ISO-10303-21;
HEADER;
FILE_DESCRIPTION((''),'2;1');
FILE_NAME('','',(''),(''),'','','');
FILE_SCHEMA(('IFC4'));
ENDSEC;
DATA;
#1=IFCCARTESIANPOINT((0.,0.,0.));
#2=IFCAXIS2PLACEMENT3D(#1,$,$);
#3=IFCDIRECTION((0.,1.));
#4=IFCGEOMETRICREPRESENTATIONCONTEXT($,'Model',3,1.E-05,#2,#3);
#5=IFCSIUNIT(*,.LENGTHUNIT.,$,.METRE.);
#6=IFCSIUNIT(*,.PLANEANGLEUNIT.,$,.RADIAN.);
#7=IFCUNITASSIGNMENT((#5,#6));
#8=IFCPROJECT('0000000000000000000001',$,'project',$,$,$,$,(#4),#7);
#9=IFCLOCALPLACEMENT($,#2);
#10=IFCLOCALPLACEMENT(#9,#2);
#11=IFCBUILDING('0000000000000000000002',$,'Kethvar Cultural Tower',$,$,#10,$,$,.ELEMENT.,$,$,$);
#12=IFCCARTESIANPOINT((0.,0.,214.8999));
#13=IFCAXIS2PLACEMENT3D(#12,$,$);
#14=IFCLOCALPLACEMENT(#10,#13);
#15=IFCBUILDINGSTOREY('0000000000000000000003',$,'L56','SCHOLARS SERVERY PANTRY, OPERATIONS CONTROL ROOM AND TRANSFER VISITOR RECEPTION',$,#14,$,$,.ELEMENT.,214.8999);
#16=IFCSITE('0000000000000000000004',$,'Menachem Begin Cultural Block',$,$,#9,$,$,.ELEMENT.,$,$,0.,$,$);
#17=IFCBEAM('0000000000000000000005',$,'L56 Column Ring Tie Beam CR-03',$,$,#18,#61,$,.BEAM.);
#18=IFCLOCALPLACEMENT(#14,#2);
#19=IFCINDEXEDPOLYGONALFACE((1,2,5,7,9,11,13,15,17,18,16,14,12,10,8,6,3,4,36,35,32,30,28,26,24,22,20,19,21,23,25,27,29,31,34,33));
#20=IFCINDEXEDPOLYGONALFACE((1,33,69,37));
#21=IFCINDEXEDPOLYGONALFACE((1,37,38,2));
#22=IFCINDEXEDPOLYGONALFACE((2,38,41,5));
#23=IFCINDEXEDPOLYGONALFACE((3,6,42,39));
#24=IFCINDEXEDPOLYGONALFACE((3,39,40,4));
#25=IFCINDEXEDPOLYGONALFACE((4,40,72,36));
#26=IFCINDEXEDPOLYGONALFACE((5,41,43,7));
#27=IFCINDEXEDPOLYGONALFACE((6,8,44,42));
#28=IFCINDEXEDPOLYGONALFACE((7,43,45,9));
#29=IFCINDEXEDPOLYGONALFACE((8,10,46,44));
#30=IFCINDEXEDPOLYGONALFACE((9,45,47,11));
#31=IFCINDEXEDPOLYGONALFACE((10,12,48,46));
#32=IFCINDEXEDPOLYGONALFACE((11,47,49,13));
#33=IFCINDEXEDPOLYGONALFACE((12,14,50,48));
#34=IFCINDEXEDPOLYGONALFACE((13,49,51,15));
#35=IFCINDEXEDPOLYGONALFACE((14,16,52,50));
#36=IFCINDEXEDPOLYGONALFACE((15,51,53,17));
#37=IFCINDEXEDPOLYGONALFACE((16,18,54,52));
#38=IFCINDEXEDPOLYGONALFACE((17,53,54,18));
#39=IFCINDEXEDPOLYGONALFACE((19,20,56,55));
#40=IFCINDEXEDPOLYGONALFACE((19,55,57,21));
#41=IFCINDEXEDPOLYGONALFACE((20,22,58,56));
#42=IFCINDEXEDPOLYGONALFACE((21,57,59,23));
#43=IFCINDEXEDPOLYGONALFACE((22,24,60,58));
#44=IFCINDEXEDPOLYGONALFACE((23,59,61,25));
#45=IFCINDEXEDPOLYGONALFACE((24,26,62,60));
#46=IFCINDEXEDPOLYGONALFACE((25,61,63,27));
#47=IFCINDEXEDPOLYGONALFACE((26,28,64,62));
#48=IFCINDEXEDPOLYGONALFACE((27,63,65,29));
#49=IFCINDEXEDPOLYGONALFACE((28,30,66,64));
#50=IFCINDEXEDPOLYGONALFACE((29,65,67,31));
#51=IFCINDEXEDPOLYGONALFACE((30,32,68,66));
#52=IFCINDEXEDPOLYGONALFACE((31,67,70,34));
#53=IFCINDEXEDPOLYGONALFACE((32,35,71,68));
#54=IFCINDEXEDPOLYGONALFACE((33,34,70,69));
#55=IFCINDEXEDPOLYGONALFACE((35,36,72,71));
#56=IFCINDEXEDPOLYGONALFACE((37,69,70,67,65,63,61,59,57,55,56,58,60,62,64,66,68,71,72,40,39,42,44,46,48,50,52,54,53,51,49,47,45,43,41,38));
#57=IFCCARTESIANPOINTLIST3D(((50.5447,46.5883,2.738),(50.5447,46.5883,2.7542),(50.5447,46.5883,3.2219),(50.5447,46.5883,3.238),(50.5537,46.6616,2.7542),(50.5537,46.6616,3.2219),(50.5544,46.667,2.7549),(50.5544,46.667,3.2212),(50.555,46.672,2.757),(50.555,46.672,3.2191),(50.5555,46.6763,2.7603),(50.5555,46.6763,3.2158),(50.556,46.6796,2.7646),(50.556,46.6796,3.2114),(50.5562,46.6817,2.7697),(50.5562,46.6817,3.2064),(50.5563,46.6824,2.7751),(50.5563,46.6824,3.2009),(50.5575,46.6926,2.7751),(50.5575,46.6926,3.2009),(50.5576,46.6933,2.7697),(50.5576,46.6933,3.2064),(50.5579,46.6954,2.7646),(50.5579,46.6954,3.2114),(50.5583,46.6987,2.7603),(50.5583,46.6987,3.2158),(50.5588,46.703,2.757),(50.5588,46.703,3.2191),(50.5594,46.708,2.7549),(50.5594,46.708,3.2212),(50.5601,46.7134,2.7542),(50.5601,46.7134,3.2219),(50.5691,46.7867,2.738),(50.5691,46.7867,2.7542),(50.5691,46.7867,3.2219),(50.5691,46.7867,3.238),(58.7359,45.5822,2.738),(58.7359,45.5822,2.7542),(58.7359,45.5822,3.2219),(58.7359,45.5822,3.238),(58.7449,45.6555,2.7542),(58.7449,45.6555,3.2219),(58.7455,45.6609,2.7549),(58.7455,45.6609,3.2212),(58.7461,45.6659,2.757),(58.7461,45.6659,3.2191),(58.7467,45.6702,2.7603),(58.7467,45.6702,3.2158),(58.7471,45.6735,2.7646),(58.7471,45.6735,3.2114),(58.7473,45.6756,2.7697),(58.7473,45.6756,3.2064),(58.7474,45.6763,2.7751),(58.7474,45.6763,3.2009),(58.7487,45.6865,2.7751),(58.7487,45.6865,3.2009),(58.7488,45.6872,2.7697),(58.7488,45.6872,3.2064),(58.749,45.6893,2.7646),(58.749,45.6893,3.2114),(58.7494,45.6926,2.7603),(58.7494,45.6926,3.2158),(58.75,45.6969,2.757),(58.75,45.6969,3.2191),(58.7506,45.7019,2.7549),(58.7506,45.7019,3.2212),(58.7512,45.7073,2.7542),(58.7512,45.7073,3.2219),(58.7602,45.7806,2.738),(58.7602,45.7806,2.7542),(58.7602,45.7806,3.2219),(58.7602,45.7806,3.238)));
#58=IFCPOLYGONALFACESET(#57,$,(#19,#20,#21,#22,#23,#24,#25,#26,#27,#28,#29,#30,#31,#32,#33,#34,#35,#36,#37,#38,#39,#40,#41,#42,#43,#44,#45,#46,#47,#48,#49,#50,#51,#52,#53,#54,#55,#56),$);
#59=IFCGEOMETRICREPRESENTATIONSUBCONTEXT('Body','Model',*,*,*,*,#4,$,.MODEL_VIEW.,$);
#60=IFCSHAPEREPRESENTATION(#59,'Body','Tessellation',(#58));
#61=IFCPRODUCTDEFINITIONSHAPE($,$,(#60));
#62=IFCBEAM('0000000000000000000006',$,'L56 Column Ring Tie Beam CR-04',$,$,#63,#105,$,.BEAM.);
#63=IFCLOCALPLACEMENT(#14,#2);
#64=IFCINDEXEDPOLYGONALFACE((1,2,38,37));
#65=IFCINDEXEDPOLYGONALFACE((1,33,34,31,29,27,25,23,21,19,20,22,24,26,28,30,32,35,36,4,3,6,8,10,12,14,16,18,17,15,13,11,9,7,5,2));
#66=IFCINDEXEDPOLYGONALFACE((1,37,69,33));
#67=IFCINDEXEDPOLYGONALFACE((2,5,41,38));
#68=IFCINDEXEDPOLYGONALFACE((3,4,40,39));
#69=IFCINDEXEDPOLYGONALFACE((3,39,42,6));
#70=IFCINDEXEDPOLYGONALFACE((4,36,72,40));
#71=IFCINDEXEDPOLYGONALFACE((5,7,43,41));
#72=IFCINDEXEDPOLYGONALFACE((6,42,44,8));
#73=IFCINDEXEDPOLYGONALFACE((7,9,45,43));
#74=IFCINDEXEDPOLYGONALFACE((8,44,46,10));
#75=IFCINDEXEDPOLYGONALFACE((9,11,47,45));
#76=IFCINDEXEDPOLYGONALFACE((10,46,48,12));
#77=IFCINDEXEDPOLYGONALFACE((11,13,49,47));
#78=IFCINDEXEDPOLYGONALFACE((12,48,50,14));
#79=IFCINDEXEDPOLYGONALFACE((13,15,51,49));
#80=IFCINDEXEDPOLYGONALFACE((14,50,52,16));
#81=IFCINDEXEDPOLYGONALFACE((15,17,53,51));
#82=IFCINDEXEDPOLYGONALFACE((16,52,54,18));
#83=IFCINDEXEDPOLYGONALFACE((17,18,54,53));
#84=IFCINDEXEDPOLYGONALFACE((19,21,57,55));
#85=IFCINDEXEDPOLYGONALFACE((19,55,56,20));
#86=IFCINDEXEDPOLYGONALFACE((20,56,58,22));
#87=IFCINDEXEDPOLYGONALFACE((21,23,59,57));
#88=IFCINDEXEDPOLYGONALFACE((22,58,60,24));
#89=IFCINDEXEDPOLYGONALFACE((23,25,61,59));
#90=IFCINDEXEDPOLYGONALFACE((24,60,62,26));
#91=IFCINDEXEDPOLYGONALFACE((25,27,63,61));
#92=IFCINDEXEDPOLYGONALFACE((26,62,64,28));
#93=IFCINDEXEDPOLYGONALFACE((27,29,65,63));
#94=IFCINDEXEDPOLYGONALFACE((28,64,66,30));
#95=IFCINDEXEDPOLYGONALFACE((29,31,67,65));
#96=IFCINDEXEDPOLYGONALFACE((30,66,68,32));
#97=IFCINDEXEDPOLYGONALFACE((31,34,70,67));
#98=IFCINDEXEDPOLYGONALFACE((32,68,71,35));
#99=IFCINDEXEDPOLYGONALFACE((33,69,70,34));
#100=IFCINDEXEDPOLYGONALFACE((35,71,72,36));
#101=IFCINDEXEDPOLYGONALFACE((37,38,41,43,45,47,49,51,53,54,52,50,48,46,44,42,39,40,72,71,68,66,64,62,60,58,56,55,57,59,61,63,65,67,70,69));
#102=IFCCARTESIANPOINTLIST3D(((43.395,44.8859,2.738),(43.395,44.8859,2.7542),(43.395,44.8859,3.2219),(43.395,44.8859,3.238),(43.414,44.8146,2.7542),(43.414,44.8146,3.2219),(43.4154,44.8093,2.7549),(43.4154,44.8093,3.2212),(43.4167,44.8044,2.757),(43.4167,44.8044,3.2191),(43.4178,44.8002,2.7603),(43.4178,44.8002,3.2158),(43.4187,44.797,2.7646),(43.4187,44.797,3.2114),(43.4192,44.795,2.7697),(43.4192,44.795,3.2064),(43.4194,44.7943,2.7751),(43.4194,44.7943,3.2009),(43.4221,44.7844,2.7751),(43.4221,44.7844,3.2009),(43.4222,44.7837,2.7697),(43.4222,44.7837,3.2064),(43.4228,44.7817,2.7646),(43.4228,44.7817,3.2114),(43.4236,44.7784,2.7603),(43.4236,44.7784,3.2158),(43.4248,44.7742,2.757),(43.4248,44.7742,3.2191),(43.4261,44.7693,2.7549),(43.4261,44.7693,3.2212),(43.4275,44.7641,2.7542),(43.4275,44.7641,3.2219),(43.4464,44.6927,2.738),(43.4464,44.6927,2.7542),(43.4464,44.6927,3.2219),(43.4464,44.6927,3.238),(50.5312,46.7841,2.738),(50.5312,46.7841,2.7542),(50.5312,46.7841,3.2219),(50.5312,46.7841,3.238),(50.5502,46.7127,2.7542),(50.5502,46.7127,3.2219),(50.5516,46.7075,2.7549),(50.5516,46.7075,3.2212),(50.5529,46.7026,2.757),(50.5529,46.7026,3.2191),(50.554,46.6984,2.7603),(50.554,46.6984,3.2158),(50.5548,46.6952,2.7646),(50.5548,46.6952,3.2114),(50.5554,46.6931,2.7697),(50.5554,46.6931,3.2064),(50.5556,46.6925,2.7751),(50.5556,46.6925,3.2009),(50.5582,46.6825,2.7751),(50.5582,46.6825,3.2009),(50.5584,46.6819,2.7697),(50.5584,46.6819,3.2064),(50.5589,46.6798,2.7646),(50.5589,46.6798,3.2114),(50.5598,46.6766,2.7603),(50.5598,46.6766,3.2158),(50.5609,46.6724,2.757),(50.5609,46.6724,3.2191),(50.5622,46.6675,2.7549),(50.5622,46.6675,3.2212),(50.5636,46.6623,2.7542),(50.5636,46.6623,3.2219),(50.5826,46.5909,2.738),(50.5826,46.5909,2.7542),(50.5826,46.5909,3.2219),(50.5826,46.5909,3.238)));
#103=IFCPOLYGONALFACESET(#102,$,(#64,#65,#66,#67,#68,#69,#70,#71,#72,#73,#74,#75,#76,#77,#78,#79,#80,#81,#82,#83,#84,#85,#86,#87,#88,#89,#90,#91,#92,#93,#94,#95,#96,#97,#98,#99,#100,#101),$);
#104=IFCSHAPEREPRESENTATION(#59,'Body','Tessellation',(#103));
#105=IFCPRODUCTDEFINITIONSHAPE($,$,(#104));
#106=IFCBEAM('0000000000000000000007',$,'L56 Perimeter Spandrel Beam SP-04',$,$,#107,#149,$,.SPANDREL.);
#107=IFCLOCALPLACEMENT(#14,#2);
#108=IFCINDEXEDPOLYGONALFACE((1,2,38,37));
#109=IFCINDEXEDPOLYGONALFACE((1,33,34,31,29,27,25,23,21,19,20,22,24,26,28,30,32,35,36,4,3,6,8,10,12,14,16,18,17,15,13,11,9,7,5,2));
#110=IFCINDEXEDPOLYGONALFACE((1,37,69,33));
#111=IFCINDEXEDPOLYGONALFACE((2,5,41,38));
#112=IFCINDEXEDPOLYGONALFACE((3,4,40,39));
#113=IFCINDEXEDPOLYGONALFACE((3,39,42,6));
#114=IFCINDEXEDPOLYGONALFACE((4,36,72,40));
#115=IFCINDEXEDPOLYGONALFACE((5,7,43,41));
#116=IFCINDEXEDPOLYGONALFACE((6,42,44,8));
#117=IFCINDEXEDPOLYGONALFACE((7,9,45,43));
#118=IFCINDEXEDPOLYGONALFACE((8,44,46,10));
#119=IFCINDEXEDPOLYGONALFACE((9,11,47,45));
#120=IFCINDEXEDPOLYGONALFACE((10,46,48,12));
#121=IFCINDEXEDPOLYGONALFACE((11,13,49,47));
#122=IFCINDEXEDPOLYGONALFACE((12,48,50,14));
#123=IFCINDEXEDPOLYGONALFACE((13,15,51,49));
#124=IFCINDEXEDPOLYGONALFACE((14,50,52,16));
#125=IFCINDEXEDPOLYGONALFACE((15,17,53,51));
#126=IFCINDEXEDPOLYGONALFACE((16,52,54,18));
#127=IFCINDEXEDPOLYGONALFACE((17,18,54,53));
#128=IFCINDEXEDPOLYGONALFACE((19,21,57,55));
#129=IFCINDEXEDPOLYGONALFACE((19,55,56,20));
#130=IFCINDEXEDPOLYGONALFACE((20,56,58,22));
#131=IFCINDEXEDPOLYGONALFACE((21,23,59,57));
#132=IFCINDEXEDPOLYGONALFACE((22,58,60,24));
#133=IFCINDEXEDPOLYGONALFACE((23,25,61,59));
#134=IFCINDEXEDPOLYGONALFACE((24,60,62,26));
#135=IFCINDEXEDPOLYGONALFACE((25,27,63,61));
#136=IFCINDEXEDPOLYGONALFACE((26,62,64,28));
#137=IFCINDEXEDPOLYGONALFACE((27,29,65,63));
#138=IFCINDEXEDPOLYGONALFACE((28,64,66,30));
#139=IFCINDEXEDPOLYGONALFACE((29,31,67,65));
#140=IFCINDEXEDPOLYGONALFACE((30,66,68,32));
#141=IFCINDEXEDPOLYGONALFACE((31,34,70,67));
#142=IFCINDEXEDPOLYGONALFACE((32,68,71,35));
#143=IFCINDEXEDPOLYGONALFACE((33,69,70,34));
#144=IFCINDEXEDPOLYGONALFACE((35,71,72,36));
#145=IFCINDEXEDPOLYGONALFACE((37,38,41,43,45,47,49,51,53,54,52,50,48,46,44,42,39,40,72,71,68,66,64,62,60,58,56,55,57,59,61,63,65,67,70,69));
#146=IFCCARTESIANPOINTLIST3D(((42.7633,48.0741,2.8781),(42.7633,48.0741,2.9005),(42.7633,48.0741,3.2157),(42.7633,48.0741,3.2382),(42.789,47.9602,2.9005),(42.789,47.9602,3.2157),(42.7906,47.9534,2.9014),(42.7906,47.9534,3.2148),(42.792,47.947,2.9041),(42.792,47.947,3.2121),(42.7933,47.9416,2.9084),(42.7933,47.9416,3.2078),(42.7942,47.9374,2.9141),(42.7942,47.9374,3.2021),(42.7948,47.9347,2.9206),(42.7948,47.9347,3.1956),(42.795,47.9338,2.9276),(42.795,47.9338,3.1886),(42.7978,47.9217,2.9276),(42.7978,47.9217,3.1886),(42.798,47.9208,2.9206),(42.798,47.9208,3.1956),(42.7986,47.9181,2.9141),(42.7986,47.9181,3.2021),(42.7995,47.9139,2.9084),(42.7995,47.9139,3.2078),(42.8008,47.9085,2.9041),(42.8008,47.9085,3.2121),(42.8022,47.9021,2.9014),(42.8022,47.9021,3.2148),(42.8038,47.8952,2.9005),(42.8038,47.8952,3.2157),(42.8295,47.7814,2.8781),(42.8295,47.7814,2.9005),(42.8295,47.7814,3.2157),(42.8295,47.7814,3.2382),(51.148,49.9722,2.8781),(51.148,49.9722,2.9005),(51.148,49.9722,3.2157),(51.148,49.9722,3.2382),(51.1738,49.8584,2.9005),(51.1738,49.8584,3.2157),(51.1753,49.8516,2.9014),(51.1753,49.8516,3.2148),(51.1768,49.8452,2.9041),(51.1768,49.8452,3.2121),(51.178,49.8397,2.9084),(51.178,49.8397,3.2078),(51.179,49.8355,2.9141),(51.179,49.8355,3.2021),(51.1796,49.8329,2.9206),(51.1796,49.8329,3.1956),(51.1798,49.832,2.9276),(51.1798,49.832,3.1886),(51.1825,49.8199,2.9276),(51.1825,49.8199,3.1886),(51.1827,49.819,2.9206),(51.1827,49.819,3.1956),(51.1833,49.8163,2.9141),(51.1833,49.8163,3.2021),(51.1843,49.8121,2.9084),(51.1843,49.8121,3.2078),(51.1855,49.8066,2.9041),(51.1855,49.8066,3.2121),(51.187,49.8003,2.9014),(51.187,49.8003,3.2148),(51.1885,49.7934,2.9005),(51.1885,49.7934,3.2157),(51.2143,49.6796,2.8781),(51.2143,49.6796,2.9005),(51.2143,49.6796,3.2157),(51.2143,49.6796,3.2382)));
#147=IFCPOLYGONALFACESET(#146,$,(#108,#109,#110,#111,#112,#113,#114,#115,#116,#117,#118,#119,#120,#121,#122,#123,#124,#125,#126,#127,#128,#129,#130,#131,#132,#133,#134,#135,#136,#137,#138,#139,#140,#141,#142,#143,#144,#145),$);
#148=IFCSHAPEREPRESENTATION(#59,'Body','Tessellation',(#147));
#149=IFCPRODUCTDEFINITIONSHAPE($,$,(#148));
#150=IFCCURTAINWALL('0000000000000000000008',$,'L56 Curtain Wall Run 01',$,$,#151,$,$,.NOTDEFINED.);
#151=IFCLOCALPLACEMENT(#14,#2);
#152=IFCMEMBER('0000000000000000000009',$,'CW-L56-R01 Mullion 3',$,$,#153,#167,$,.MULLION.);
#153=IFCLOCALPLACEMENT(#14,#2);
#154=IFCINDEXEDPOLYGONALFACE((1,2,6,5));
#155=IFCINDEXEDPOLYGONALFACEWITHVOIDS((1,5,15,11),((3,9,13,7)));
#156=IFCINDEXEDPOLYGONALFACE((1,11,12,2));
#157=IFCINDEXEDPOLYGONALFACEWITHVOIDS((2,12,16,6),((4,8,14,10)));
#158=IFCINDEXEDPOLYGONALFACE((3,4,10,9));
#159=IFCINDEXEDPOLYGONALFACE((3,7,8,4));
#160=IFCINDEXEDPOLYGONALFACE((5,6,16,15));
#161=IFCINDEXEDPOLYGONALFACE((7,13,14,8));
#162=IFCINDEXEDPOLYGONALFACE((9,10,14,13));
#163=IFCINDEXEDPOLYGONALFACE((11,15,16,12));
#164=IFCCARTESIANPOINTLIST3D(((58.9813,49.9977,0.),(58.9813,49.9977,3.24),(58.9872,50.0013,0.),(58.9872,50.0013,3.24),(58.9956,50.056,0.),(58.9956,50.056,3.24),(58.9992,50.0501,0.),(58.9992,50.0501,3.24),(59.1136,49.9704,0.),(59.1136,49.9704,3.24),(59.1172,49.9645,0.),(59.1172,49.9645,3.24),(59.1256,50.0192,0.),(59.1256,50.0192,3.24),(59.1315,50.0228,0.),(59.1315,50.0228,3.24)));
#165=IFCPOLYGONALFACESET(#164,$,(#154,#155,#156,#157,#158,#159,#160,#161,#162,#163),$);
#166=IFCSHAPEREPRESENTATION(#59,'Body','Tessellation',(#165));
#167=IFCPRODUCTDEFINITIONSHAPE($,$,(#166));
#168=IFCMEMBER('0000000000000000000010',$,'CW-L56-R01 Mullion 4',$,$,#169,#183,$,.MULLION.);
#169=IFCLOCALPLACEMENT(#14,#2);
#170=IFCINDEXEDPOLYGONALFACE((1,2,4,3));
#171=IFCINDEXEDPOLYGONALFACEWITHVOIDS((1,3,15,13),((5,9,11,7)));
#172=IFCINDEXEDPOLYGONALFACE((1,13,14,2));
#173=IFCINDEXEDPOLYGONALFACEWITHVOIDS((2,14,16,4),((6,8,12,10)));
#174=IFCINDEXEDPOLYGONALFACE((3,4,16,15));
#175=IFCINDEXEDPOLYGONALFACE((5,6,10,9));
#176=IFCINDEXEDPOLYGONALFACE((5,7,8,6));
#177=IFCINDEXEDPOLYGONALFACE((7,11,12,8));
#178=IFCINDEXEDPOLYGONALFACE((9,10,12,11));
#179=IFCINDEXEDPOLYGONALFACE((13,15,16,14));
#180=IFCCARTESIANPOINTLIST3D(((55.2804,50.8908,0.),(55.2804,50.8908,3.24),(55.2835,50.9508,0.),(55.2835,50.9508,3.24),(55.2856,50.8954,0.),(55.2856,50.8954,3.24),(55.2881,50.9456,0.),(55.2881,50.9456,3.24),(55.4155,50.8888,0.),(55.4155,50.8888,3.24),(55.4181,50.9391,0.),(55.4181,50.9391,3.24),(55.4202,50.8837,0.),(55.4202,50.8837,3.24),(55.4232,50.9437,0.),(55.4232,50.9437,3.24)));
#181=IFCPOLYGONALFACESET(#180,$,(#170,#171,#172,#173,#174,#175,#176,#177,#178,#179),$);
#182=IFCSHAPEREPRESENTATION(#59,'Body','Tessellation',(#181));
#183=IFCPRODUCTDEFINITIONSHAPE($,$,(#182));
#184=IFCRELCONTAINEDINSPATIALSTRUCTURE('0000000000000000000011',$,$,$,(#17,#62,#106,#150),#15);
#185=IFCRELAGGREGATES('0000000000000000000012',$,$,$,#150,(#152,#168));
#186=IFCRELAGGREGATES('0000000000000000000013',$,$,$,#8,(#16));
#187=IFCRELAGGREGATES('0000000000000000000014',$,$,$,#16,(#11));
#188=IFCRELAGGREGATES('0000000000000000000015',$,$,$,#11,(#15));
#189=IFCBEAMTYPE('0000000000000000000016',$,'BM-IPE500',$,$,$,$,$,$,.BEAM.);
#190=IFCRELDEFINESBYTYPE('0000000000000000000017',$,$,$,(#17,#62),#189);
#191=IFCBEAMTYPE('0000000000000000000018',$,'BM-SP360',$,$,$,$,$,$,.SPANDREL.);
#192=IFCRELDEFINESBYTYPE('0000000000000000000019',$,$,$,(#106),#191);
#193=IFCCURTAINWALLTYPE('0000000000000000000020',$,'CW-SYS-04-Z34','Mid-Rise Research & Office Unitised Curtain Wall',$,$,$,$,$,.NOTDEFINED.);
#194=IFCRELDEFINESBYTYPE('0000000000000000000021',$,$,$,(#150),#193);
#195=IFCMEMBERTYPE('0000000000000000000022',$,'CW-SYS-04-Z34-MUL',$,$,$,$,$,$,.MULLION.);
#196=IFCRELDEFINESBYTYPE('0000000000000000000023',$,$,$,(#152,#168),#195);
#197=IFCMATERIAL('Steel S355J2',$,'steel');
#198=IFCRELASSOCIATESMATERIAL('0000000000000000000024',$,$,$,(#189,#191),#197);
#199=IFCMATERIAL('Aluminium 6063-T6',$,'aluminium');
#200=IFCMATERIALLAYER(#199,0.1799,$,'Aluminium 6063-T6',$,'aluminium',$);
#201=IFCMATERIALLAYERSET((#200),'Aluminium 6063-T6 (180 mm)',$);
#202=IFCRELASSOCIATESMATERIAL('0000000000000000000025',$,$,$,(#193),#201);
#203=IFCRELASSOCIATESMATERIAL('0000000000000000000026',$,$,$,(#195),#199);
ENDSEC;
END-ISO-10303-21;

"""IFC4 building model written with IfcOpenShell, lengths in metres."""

from ifc_helpers import new_model, si_unit, direction, frame, origin, origin_2d, place, context, subcontext, project, spatial, hollow_rectangle, i_section, extrude, source, transform, mapped, material, layer, layer_set, material_profile, profile_set, type_object, element, aggregate, save


model = new_model("IFC4")

# Units and contexts
model_context = context("Model", 3, precision=1e-05, world=origin(), true_north=direction((0.0, 1.0)))
body_context = subcontext(model_context, "Body", "Model", "MODEL_VIEW")
ifc_project = project(units=[si_unit("LENGTHUNIT", "METRE"), si_unit("PLANEANGLEUNIT", "RADIAN")], contexts=[model_context])

# Site, building, storey
site_placement = place(None, origin())
site = spatial("IfcSite", under=ifc_project, at=site_placement, Name="Menachem Begin Cultural Block", CompositionType="ELEMENT", RefElevation=0.0)
building_placement = place(site_placement, origin())
building = spatial("IfcBuilding", under=site, at=building_placement, Name="Kethvar Cultural Tower", CompositionType="ELEMENT")
storey_placement = place(building_placement, frame((0.0, 0.0, 214.8999)))
storey = spatial("IfcBuildingStorey", under=building, at=storey_placement, Name="L56", Description="SCHOLARS SERVERY PANTRY, OPERATIONS CONTROL ROOM AND TRANSFER VISITOR RECEPTION", CompositionType="ELEMENT", Elevation=214.8999)

# Beams
ifc_material_1 = material(Name="Steel S355J2", Category="steel")
ifc_material_profile_1 = material_profile(ifc_material_1, i_section(OverallWidth=0.2, OverallDepth=0.5, WebThickness=0.0103, FlangeThickness=0.0161, FilletRadius=0.021, at=origin_2d()), Name="Steel S355J2 — IPE500")
ifc_profile_set_1 = profile_set([ifc_material_profile_1], Name="Steel S355J2 — IPE500")
beam_type_1 = type_object("IfcBeamType", Name="BM-IPE500", PredefinedType="BEAM", material=ifc_profile_set_1)
shared_shape_1 = source(origin(), body_context, "Body", "SweptSolid", [
    extrude(i_section(OverallWidth=0.2, OverallDepth=0.5, WebThickness=0.0103, FlangeThickness=0.0161, FilletRadius=0.021, at=origin_2d()), origin(), (0.0, 0.0, 1.0), 8.2527),
])
beam_1_placement = place(storey_placement, frame((58.748, 45.6814, 2.988), z_axis=(-0.992541, 0.121912, 0.0), x_axis=(-0.121912, -0.992541, 0.0)))
element("IfcBeam", 1, at=beam_1_placement, inside=storey, type_object=beam_type_1, Name="L56 Column Ring Tie Beam CR-03", PredefinedType="BEAM", context=body_context, shape_type="MappedRepresentation", body=[
    mapped(shared_shape_1, transform((0.0, 0.0, 0.0), scale=1.0)),
])
shared_shape_2 = source(origin(), body_context, "Body", "SweptSolid", [
    extrude(i_section(OverallWidth=0.2, OverallDepth=0.5, WebThickness=0.0103, FlangeThickness=0.0161, FilletRadius=0.021, at=origin_2d()), origin(), (0.0, 0.0, 1.0), 7.3843),
])
beam_2_placement = place(storey_placement, frame((50.5569, 46.6875, 2.988), z_axis=(-0.966397, -0.257056, 0.0), x_axis=(0.257056, -0.966397, 0.0)))
element("IfcBeam", 2, at=beam_2_placement, inside=storey, type_object=beam_type_1, Name="L56 Column Ring Tie Beam CR-04", PredefinedType="BEAM", context=body_context, shape_type="MappedRepresentation", body=[
    mapped(shared_shape_2, transform((0.0, 0.0, 0.0), scale=1.0)),
])
ifc_material_profile_2 = material_profile(ifc_material_1, i_section(OverallWidth=0.3, OverallDepth=0.3601, WebThickness=0.0125, FlangeThickness=0.0225, FilletRadius=0.0271, at=origin_2d()), Name="Steel S355J2 — HEB360")
ifc_profile_set_2 = profile_set([ifc_material_profile_2], Name="Steel S355J2 — HEB360")
beam_type_2 = type_object("IfcBeamType", Name="BM-SP360", PredefinedType="SPANDREL", material=ifc_profile_set_2)
shared_shape_3 = source(origin(), body_context, "Body", "SweptSolid", [
    extrude(i_section(OverallWidth=0.3, OverallDepth=0.3601, WebThickness=0.0125, FlangeThickness=0.0225, FilletRadius=0.0271, at=origin_2d()), origin(), (0.0, 0.0, 1.0), 8.5969),
])
beam_3_placement = place(storey_placement, frame((51.1812, 49.8259, 3.0581), z_axis=(-0.975319, -0.220799, 0.0), x_axis=(0.220799, -0.975319, 0.0)))
element("IfcBeam", 3, at=beam_3_placement, inside=storey, type_object=beam_type_2, Name="L56 Perimeter Spandrel Beam SP-04", PredefinedType="SPANDREL", context=body_context, shape_type="MappedRepresentation", body=[
    mapped(shared_shape_3, transform((0.0, 0.0, 0.0), scale=1.0)),
])

# Curtain wall, members
ifc_material_2 = material(Name="Aluminium 6063-T6", Category="aluminium")
ifc_layer_1 = layer(ifc_material_2, 0.1799, Name="Aluminium 6063-T6", Category="aluminium")
ifc_layer_set_1 = layer_set([ifc_layer_1], Name="Aluminium 6063-T6 (180 mm)")
curtain_wall_type = type_object("IfcCurtainWallType", Name="CW-SYS-04-Z34", Description="Mid-Rise Research & Office Unitised Curtain Wall", PredefinedType="NOTDEFINED", material=ifc_layer_set_1)
curtain_wall_placement = place(storey_placement, origin())
curtain_wall = element("IfcCurtainWall", 4, at=curtain_wall_placement, inside=storey, type_object=curtain_wall_type, Name="L56 Curtain Wall Run 01", PredefinedType="NOTDEFINED")
ifc_material_profile_3 = material_profile(ifc_material_2, hollow_rectangle(XDim=0.0601, YDim=0.1399, WallThickness=0.0049, at=origin_2d()), Name="Aluminium 6063-T6 — RHS140x60x5")
ifc_profile_set_3 = profile_set([ifc_material_profile_3], Name="Aluminium 6063-T6 — RHS140x60x5")
member_type_1 = type_object("IfcMemberType", Name="CW-SYS-04-Z34-MUL", PredefinedType="MULLION", material=ifc_profile_set_3)
shared_shape_4 = source(origin(), body_context, "Body", "SweptSolid", [
    extrude(hollow_rectangle(XDim=0.0601, YDim=0.1399, WallThickness=0.0049, at=origin_2d()), origin(), (0.0, 0.0, 1.0), 3.24),
])
member_1_placement = place(storey_placement, frame((59.0564, 50.0103, 0.0), z_axis=(0.0, 0.0, 1.0), x_axis=(-0.237279, -0.971442, 0.0)))
member_1 = element("IfcMember", 5, at=member_1_placement, type_object=member_type_1, Name="CW-L56-R01 Mullion 3", PredefinedType="MULLION", context=body_context, shape_type="MappedRepresentation", body=[
    mapped(shared_shape_4, transform((0.0, 0.0, 0.0), scale=1.0)),
])
member_2_placement = place(storey_placement, frame((55.3518, 50.9172, 0.0), z_axis=(0.0, 0.0, 1.0), x_axis=(-0.050384, -0.99873, 0.0)))
member_2 = element("IfcMember", 6, at=member_2_placement, type_object=member_type_1, Name="CW-L56-R01 Mullion 4", PredefinedType="MULLION", context=body_context, shape_type="MappedRepresentation", body=[
    mapped(shared_shape_4, transform((0.0, 0.0, 0.0), scale=1.0)),
])
aggregate(curtain_wall, [member_1, member_2])

save(model, "model.ifc")
